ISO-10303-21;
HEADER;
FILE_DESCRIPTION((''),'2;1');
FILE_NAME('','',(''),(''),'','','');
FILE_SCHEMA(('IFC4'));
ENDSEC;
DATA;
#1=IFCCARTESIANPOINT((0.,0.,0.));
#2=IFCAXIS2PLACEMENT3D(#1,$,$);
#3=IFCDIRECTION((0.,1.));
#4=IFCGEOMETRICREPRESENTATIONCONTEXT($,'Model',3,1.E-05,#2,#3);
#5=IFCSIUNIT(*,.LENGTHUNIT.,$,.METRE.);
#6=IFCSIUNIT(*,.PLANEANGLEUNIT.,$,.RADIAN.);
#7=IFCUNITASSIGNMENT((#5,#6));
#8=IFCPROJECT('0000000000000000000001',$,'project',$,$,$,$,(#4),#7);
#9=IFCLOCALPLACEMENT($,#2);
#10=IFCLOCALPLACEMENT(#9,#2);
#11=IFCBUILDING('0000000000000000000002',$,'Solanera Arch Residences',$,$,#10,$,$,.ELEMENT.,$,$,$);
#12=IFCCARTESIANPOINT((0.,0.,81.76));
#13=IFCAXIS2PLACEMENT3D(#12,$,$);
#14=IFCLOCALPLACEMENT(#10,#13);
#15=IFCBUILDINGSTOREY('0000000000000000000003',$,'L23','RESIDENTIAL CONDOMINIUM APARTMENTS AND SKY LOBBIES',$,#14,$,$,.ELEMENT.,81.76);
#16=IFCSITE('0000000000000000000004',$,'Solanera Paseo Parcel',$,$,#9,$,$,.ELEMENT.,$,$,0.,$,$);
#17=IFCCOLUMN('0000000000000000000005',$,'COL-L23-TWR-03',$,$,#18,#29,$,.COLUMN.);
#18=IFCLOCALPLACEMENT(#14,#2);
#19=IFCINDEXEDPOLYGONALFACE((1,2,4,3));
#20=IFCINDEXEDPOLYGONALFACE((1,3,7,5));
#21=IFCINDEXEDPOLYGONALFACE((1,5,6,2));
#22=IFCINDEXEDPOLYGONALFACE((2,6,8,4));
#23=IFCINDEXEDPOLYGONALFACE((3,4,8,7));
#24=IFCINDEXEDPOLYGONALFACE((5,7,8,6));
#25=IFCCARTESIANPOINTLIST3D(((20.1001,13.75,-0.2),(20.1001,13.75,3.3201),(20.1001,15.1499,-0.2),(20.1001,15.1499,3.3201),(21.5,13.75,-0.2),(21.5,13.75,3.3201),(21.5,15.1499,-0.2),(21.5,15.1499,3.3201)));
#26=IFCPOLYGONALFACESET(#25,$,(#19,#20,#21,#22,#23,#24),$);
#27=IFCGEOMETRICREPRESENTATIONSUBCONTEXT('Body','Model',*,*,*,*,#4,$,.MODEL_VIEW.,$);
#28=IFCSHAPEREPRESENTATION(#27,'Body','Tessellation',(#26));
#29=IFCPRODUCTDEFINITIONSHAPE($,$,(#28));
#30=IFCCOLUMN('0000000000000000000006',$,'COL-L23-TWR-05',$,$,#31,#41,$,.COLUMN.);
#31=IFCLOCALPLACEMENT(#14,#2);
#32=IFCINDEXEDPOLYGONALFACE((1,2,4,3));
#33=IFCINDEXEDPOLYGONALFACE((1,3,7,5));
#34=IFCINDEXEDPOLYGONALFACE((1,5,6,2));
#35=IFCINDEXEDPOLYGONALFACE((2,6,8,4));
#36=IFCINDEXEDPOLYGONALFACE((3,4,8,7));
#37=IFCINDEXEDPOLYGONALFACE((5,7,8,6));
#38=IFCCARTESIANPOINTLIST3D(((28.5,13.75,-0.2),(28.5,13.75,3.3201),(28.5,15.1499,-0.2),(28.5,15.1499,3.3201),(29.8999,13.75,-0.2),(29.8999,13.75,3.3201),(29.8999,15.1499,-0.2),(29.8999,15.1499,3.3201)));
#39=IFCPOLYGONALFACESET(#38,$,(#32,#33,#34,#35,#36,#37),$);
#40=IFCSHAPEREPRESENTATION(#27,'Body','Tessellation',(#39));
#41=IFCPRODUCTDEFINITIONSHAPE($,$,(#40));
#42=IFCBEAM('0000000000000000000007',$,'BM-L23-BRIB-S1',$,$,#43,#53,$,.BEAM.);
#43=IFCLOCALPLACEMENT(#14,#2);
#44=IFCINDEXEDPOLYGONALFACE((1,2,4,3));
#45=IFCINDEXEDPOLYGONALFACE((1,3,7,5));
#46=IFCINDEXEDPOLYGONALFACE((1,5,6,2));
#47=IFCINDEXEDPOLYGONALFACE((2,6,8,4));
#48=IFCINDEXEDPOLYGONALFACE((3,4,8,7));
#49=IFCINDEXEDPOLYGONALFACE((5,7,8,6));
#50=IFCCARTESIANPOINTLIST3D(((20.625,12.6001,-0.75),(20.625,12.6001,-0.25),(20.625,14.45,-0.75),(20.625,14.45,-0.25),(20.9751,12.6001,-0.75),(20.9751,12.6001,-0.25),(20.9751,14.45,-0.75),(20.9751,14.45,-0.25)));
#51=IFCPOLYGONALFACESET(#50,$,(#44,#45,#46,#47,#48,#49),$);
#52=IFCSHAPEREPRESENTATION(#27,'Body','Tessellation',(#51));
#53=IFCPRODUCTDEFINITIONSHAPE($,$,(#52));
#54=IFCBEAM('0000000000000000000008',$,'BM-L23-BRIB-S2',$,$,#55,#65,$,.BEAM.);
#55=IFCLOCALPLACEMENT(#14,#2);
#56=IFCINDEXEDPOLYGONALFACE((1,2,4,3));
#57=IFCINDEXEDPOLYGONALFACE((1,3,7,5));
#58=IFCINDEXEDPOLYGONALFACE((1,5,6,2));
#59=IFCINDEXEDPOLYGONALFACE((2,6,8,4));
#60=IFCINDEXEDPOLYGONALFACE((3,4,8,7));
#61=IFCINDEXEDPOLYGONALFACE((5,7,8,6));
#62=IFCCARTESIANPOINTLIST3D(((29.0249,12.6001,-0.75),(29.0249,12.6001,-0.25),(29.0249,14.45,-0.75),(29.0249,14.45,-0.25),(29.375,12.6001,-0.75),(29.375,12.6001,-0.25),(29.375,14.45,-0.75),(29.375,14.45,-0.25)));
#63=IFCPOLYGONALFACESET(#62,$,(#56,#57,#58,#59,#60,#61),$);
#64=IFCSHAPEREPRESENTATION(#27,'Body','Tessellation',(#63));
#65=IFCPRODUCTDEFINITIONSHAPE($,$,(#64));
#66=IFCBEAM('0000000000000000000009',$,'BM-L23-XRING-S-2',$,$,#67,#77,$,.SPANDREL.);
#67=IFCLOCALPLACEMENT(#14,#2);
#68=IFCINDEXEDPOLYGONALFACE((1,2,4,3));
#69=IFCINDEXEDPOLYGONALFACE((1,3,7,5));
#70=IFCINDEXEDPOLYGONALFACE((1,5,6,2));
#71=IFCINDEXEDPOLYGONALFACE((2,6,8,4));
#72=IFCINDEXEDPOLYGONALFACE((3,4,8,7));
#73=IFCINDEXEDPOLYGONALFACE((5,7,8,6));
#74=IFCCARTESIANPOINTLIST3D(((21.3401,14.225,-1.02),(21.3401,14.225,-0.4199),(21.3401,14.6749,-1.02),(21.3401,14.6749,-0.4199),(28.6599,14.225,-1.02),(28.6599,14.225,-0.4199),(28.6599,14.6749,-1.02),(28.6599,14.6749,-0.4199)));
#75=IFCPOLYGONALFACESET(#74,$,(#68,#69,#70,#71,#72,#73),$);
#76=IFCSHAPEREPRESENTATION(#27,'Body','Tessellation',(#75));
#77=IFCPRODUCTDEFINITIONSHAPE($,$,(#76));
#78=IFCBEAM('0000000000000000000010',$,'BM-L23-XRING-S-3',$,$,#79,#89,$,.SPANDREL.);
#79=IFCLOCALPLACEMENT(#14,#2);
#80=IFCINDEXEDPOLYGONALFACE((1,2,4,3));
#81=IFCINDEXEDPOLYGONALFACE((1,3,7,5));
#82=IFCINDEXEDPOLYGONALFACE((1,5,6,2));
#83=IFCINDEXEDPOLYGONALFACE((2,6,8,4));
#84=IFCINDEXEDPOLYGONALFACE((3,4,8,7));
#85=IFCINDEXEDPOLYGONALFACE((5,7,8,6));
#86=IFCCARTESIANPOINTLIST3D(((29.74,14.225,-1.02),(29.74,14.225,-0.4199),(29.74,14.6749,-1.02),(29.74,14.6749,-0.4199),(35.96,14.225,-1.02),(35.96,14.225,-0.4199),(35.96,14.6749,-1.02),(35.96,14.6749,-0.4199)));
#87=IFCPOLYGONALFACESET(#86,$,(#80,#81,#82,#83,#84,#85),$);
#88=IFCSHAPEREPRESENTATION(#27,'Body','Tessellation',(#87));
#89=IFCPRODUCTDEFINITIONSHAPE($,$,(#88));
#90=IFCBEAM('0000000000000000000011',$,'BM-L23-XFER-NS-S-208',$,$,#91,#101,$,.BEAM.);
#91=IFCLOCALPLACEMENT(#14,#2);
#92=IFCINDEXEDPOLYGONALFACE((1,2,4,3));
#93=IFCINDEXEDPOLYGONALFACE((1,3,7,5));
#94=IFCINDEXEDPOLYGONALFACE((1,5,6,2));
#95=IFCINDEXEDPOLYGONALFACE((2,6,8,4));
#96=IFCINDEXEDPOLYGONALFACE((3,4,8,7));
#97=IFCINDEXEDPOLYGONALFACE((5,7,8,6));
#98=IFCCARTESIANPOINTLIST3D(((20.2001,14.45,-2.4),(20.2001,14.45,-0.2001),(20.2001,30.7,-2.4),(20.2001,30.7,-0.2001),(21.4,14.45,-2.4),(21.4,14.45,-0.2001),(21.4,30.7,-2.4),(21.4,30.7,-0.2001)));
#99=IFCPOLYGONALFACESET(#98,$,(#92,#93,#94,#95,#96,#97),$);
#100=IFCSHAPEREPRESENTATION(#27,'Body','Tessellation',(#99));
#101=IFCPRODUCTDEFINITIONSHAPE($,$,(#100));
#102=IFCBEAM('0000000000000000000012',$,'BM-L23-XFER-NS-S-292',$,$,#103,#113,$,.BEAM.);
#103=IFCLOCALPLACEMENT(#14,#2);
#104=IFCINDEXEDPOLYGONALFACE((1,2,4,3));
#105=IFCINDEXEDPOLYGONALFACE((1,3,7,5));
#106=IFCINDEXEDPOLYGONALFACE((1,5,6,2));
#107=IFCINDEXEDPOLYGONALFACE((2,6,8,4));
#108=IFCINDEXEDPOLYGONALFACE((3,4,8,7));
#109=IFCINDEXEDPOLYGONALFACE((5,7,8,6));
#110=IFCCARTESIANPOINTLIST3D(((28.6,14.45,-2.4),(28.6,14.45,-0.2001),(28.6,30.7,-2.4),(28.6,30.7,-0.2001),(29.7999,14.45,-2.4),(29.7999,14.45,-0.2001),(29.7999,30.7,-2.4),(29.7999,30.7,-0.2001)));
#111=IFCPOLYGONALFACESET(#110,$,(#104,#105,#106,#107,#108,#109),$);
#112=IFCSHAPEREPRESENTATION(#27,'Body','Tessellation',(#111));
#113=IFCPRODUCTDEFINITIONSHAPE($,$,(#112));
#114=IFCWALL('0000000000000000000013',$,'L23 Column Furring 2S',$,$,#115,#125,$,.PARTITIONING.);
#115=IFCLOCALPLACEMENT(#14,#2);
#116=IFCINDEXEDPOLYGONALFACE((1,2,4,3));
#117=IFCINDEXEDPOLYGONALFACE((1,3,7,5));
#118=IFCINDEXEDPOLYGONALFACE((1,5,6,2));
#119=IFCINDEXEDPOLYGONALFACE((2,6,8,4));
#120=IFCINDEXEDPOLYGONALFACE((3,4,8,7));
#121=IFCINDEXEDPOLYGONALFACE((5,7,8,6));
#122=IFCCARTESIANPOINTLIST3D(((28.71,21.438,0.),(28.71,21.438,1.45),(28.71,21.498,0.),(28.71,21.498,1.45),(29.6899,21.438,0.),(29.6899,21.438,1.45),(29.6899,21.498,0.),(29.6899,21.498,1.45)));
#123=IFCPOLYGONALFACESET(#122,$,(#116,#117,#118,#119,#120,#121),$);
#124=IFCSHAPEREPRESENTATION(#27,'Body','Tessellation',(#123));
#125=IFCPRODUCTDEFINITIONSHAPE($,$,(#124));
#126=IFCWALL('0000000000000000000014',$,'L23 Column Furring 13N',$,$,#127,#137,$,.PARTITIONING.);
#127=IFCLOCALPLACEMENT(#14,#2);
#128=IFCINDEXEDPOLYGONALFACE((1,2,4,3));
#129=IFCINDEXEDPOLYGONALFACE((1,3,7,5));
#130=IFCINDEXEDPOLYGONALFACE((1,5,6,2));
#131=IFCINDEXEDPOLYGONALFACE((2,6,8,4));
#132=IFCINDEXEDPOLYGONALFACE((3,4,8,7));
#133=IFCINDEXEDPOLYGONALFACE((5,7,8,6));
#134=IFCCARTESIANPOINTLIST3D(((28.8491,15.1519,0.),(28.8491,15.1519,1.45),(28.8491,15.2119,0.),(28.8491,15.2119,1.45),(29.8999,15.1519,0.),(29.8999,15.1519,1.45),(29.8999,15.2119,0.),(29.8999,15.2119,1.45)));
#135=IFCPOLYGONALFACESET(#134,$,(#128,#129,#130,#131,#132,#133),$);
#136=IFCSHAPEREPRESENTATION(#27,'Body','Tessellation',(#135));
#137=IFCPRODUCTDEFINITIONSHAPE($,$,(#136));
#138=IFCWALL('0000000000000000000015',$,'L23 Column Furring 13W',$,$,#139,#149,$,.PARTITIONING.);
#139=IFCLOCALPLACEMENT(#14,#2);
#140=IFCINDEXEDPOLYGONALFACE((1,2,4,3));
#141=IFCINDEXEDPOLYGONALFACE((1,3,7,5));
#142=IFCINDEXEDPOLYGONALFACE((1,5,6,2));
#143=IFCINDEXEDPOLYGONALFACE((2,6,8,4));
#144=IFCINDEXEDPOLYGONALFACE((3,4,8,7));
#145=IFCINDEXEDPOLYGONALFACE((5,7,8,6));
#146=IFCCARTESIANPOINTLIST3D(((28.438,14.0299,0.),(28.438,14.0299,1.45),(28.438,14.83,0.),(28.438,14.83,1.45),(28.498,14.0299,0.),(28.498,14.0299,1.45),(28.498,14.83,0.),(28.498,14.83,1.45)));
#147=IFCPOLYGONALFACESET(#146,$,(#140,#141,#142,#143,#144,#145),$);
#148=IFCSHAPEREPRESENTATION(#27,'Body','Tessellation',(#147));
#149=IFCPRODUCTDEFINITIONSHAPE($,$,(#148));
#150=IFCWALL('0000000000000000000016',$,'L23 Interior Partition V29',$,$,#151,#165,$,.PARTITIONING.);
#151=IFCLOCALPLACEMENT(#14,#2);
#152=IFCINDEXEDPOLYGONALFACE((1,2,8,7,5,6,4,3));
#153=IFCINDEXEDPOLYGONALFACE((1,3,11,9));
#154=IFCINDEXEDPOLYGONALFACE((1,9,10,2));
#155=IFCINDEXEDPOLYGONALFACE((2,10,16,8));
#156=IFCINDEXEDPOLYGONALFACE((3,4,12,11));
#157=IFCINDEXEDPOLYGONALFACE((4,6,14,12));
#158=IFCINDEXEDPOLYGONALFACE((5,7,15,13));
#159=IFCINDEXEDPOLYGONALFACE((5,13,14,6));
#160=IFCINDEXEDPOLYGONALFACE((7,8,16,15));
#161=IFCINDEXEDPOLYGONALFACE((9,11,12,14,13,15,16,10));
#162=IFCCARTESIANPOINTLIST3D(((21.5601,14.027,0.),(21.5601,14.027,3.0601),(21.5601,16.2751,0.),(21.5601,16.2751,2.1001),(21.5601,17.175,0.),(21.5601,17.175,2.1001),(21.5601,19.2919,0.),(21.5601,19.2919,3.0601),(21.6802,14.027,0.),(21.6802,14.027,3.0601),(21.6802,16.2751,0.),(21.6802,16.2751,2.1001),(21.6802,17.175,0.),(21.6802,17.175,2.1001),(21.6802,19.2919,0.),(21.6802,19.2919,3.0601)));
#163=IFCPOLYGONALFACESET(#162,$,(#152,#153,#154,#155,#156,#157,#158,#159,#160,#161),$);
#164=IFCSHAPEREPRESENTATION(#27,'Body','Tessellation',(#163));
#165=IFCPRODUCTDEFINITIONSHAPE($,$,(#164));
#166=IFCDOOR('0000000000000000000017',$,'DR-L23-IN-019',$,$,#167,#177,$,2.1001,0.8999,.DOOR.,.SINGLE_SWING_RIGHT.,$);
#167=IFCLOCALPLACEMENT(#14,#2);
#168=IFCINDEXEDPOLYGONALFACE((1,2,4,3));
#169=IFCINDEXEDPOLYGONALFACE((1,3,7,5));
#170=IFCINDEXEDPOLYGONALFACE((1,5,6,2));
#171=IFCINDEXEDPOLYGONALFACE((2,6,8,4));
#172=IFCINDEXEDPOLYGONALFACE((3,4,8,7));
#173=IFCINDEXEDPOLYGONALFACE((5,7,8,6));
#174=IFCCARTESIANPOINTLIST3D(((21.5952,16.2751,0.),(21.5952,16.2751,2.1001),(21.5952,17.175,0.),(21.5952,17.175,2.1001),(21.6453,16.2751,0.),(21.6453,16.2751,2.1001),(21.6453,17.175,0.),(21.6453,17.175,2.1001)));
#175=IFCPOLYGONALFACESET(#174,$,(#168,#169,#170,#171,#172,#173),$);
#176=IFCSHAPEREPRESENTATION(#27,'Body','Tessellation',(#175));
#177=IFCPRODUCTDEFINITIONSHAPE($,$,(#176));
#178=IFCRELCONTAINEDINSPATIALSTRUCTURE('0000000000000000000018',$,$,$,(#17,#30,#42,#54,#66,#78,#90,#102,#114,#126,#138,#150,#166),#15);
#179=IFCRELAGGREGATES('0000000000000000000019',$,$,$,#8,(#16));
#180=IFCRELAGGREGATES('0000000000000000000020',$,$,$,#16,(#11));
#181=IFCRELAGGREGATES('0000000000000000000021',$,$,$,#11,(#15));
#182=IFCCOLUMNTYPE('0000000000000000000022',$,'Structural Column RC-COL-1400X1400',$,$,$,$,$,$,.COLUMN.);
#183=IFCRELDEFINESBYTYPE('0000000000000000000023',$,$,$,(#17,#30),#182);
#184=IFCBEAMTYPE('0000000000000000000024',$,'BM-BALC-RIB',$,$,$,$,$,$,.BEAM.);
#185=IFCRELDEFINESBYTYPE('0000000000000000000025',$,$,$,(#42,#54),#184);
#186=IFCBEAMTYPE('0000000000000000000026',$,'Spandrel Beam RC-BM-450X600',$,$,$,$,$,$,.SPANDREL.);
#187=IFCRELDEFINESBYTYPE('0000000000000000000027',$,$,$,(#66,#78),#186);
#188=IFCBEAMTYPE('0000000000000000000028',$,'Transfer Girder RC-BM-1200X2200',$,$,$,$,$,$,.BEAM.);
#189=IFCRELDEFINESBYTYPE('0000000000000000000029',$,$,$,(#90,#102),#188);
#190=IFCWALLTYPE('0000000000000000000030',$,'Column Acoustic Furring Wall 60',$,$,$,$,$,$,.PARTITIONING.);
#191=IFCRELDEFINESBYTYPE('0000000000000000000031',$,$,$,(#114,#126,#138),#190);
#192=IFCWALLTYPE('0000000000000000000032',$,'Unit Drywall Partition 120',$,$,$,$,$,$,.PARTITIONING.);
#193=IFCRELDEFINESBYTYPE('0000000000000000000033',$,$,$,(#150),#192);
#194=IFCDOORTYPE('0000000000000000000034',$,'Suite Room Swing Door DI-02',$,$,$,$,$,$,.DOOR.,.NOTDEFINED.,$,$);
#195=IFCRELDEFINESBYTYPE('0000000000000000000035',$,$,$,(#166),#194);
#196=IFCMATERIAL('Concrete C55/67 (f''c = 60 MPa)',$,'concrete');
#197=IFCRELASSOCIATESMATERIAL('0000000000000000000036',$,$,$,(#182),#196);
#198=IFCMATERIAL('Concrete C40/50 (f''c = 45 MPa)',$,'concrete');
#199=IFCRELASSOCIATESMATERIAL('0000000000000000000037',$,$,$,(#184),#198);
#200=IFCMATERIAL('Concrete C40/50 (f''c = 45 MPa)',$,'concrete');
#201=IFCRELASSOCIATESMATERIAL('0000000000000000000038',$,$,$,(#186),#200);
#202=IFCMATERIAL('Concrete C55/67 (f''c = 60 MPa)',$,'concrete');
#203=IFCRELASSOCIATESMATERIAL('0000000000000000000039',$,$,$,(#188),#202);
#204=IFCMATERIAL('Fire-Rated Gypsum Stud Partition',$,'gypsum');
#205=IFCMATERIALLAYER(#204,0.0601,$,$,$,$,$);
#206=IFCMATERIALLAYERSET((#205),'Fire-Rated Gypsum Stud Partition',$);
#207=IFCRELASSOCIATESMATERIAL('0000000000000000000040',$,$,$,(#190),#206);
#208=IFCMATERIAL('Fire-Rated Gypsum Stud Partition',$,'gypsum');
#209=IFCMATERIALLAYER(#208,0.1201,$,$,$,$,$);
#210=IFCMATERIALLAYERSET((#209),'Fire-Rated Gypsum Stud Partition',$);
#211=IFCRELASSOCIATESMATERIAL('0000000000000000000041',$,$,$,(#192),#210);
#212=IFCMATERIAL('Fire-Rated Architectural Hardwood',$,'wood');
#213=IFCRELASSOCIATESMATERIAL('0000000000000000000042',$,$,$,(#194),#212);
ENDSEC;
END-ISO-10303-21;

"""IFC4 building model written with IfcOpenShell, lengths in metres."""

from ifc_helpers import new_model, si_unit, direction, frame, frame_2d, origin, origin_2d, place, context, subcontext, project, spatial, rectangle, extrude, material, layer, layer_set, material_profile, profile_set, type_object, element, fill, save


model = new_model("IFC4")

# Units and contexts
model_context = context("Model", 3, precision=1e-05, world=origin(), true_north=direction((0.0, 1.0)))
body_context = subcontext(model_context, "Body", "Model", "MODEL_VIEW")
ifc_project = project(units=[si_unit("LENGTHUNIT", "METRE"), si_unit("PLANEANGLEUNIT", "RADIAN")], contexts=[model_context])

# Site, building, storey
site_placement = place(None, origin())
site = spatial("IfcSite", under=ifc_project, at=site_placement, Name="Solanera Paseo Parcel", CompositionType="ELEMENT", RefElevation=0.0)
building_placement = place(site_placement, origin())
building = spatial("IfcBuilding", under=site, at=building_placement, Name="Solanera Arch Residences", CompositionType="ELEMENT")
storey_placement = place(building_placement, frame((0.0, 0.0, 81.76)))
storey = spatial("IfcBuildingStorey", under=building, at=storey_placement, Name="L23", Description="RESIDENTIAL CONDOMINIUM APARTMENTS AND SKY LOBBIES", CompositionType="ELEMENT", Elevation=81.76)

# Columns
ifc_material_1 = material(Name="Concrete C55/67 (f'c = 60 MPa)", Category="concrete")
ifc_material_profile_1 = material_profile(ifc_material_1, rectangle(XDim=1.3999, YDim=1.3999, at=origin_2d()))
ifc_profile_set_1 = profile_set([ifc_material_profile_1], Name="Concrete C55/67 (f'c = 60 MPa)")
column_type = type_object("IfcColumnType", Name="Structural Column RC-COL-1400X1400", PredefinedType="COLUMN", material=ifc_profile_set_1)
for number, where, z_axis, x_axis, name in (
    (1, (20.8, 14.45, -0.2), (0.0, 0.0, 1.0), (1.0, 0.0, 0.0), "COL-L23-TWR-03"),
    (2, (29.2, 14.45, -0.2), (0.0, 0.0, 1.0), (1.0, 0.0, 0.0), "COL-L23-TWR-05"),
):
    element("IfcColumn", number, at=place(storey_placement, frame(where, z_axis=z_axis, x_axis=x_axis)), inside=storey, type_object=column_type, Name=name, PredefinedType="COLUMN", context=body_context, shape_type="SweptSolid", body=[
        extrude(rectangle(XDim=1.3999, YDim=1.3999, at=origin_2d()), origin(), (0.0, 0.0, 1.0), 3.52),
    ])

# Beams
ifc_material_2 = material(Name="Concrete C40/50 (f'c = 45 MPa)", Category="concrete")
ifc_material_profile_2 = material_profile(ifc_material_2, rectangle(XDim=0.3501, YDim=0.5, at=origin_2d()))
ifc_profile_set_2 = profile_set([ifc_material_profile_2], Name="Concrete C40/50 (f'c = 45 MPa)")
beam_type_1 = type_object("IfcBeamType", Name="BM-BALC-RIB", PredefinedType="BEAM", material=ifc_profile_set_2)
for number, where, z_axis, x_axis, name in (
    (3, (20.8, 12.6001, -0.5), (0.0, 1.0, 0.0), (-1.0, 0.0, 0.0), "BM-L23-BRIB-S1"),
    (4, (29.2, 12.6001, -0.5), (0.0, 1.0, 0.0), (-1.0, 0.0, 0.0), "BM-L23-BRIB-S2"),
):
    element("IfcBeam", number, at=place(storey_placement, frame(where, z_axis=z_axis, x_axis=x_axis)), inside=storey, type_object=beam_type_1, Name=name, PredefinedType="BEAM", context=body_context, shape_type="SweptSolid", body=[
        extrude(rectangle(XDim=0.3501, YDim=0.5, at=origin_2d()), origin(), (0.0, 0.0, 1.0), 1.8499),
    ])
ifc_material_3 = material(Name="Concrete C40/50 (f'c = 45 MPa)", Category="concrete")
ifc_material_profile_3 = material_profile(ifc_material_3, rectangle(XDim=0.45, YDim=0.6001, at=origin_2d()))
ifc_profile_set_3 = profile_set([ifc_material_profile_3], Name="Concrete C40/50 (f'c = 45 MPa)")
beam_type_2 = type_object("IfcBeamType", Name="Spandrel Beam RC-BM-450X600", PredefinedType="SPANDREL", material=ifc_profile_set_3)
beam_1_placement = place(storey_placement, frame((21.3401, 14.45, -0.72), z_axis=(1.0, 0.0, 0.0), x_axis=(0.0, 1.0, 0.0)))
element("IfcBeam", 5, at=beam_1_placement, inside=storey, type_object=beam_type_2, Name="BM-L23-XRING-S-2", PredefinedType="SPANDREL", context=body_context, shape_type="SweptSolid", body=[
    extrude(rectangle(XDim=0.45, YDim=0.6001, at=origin_2d()), origin(), (0.0, 0.0, 1.0), 7.3198),
])
beam_2_placement = place(storey_placement, frame((29.74, 14.45, -0.72), z_axis=(1.0, 0.0, 0.0), x_axis=(0.0, 1.0, 0.0)))
element("IfcBeam", 6, at=beam_2_placement, inside=storey, type_object=beam_type_2, Name="BM-L23-XRING-S-3", PredefinedType="SPANDREL", context=body_context, shape_type="SweptSolid", body=[
    extrude(rectangle(XDim=0.45, YDim=0.6001, at=origin_2d()), origin(), (0.0, 0.0, 1.0), 6.22),
])
ifc_material_4 = material(Name="Concrete C55/67 (f'c = 60 MPa)", Category="concrete")
ifc_material_profile_4 = material_profile(ifc_material_4, rectangle(XDim=1.2, YDim=2.2, at=origin_2d()))
ifc_profile_set_4 = profile_set([ifc_material_profile_4], Name="Concrete C55/67 (f'c = 60 MPa)")
beam_type_3 = type_object("IfcBeamType", Name="Transfer Girder RC-BM-1200X2200", PredefinedType="BEAM", material=ifc_profile_set_4)
for number, where, z_axis, x_axis, name in (
    (7, (20.8, 14.45, -1.3), (0.0, 1.0, 0.0), (-1.0, 0.0, 0.0), "BM-L23-XFER-NS-S-208"),
    (8, (29.2, 14.45, -1.3), (0.0, 1.0, 0.0), (-1.0, 0.0, 0.0), "BM-L23-XFER-NS-S-292"),
):
    element("IfcBeam", number, at=place(storey_placement, frame(where, z_axis=z_axis, x_axis=x_axis)), inside=storey, type_object=beam_type_3, Name=name, PredefinedType="BEAM", context=body_context, shape_type="SweptSolid", body=[
        extrude(rectangle(XDim=1.2, YDim=2.2, at=origin_2d()), origin(), (0.0, 0.0, 1.0), 16.25),
    ])

# Walls
ifc_material_5 = material(Name="Fire-Rated Gypsum Stud Partition", Category="gypsum")
ifc_layer_1 = layer(ifc_material_5, 0.0601)
ifc_layer_set_1 = layer_set([ifc_layer_1], Name="Fire-Rated Gypsum Stud Partition")
wall_type_1 = type_object("IfcWallType", Name="Column Acoustic Furring Wall 60", PredefinedType="PARTITIONING", material=ifc_layer_set_1)
wall_1_placement = place(storey_placement, frame((28.71, 21.468, 0.0), z_axis=(0.0, 0.0, 1.0), x_axis=(1.0, 0.0, 0.0)))
element("IfcWall", 9, at=wall_1_placement, inside=storey, type_object=wall_type_1, Name="L23 Column Furring 2S", PredefinedType="PARTITIONING", context=body_context, shape_type="SweptSolid", body=[
    extrude(rectangle(XDim=0.98, YDim=0.0601, at=frame_2d((0.49, 0.0))), origin(), (0.0, 0.0, 1.0), 1.45),
])
wall_2_placement = place(storey_placement, frame((28.8491, 15.1819, 0.0), z_axis=(0.0, 0.0, 1.0), x_axis=(1.0, 0.0, 0.0)))
element("IfcWall", 10, at=wall_2_placement, inside=storey, type_object=wall_type_1, Name="L23 Column Furring 13N", PredefinedType="PARTITIONING", context=body_context, shape_type="SweptSolid", body=[
    extrude(rectangle(XDim=1.0508, YDim=0.0601, at=frame_2d((0.5254, 0.0))), origin(), (0.0, 0.0, 1.0), 1.45),
])
wall_3_placement = place(storey_placement, frame((28.468, 14.03, 0.0), z_axis=(0.0, 0.0, 1.0), x_axis=(0.0, 1.0, 0.0)))
element("IfcWall", 11, at=wall_3_placement, inside=storey, type_object=wall_type_1, Name="L23 Column Furring 13W", PredefinedType="PARTITIONING", context=body_context, shape_type="SweptSolid", body=[
    extrude(rectangle(XDim=0.8, YDim=0.0601, at=frame_2d((0.3999, 0.0))), origin(), (0.0, 0.0, 1.0), 1.45),
])

# Wall, opening, door
ifc_material_6 = material(Name="Fire-Rated Gypsum Stud Partition", Category="gypsum")
ifc_layer_2 = layer(ifc_material_6, 0.1201)
ifc_layer_set_2 = layer_set([ifc_layer_2], Name="Fire-Rated Gypsum Stud Partition")
wall_type_2 = type_object("IfcWallType", Name="Unit Drywall Partition 120", PredefinedType="PARTITIONING", material=ifc_layer_set_2)
wall_4_placement = place(storey_placement, frame((21.6201, 14.0271, 0.0), z_axis=(0.0, 0.0, 1.0), x_axis=(0.0, 1.0, 0.0)))
wall_4 = element("IfcWall", 12, at=wall_4_placement, inside=storey, type_object=wall_type_2, Name="L23 Interior Partition V29", PredefinedType="PARTITIONING", context=body_context, shape_type="SweptSolid", body=[
    extrude(rectangle(XDim=5.2649, YDim=0.1201, at=frame_2d((2.6323, 0.0))), origin(), (0.0, 0.0, 1.0), 3.0601),
])
opening_1_placement = place(wall_4_placement, frame((2.248, 0.0, 0.0)))
opening_1 = element("IfcOpeningElement", 13, at=opening_1_placement, cuts=wall_4, PredefinedType="OPENING", context=body_context, shape_type="SweptSolid", body=[
    extrude(rectangle(XDim=0.8999, YDim=2.1001, at=frame_2d((0.45, 1.05))), frame((0.0, 0.0701, 0.0), z_axis=(0.0, -1.0, 0.0), x_axis=(1.0, 0.0, 0.0)), (0.0, 0.0, 1.0), 0.1401),
])
ifc_material_7 = material(Name="Fire-Rated Architectural Hardwood", Category="wood")
door_type_1 = type_object("IfcDoorType", Name="Suite Room Swing Door DI-02", OperationType="NOTDEFINED", PredefinedType="DOOR", material=ifc_material_7)
door_1_placement = place(opening_1_placement, origin())
door_1 = element("IfcDoor", 14, at=door_1_placement, inside=storey, type_object=door_type_1, Name="DR-L23-IN-019", OperationType="SINGLE_SWING_RIGHT", OverallHeight=2.1001, OverallWidth=0.8999, PredefinedType="DOOR", context=body_context, shape_type="SweptSolid", body=[
    extrude(rectangle(XDim=0.8999, YDim=2.1001, at=frame_2d((0.45, 1.05))), frame((0.0, 0.0249, 0.0), z_axis=(0.0, -1.0, 0.0), x_axis=(1.0, 0.0, 0.0)), (0.0, 0.0, 1.0), 0.05),
])
fill(opening_1, door_1)

save(model, "model.ifc")
